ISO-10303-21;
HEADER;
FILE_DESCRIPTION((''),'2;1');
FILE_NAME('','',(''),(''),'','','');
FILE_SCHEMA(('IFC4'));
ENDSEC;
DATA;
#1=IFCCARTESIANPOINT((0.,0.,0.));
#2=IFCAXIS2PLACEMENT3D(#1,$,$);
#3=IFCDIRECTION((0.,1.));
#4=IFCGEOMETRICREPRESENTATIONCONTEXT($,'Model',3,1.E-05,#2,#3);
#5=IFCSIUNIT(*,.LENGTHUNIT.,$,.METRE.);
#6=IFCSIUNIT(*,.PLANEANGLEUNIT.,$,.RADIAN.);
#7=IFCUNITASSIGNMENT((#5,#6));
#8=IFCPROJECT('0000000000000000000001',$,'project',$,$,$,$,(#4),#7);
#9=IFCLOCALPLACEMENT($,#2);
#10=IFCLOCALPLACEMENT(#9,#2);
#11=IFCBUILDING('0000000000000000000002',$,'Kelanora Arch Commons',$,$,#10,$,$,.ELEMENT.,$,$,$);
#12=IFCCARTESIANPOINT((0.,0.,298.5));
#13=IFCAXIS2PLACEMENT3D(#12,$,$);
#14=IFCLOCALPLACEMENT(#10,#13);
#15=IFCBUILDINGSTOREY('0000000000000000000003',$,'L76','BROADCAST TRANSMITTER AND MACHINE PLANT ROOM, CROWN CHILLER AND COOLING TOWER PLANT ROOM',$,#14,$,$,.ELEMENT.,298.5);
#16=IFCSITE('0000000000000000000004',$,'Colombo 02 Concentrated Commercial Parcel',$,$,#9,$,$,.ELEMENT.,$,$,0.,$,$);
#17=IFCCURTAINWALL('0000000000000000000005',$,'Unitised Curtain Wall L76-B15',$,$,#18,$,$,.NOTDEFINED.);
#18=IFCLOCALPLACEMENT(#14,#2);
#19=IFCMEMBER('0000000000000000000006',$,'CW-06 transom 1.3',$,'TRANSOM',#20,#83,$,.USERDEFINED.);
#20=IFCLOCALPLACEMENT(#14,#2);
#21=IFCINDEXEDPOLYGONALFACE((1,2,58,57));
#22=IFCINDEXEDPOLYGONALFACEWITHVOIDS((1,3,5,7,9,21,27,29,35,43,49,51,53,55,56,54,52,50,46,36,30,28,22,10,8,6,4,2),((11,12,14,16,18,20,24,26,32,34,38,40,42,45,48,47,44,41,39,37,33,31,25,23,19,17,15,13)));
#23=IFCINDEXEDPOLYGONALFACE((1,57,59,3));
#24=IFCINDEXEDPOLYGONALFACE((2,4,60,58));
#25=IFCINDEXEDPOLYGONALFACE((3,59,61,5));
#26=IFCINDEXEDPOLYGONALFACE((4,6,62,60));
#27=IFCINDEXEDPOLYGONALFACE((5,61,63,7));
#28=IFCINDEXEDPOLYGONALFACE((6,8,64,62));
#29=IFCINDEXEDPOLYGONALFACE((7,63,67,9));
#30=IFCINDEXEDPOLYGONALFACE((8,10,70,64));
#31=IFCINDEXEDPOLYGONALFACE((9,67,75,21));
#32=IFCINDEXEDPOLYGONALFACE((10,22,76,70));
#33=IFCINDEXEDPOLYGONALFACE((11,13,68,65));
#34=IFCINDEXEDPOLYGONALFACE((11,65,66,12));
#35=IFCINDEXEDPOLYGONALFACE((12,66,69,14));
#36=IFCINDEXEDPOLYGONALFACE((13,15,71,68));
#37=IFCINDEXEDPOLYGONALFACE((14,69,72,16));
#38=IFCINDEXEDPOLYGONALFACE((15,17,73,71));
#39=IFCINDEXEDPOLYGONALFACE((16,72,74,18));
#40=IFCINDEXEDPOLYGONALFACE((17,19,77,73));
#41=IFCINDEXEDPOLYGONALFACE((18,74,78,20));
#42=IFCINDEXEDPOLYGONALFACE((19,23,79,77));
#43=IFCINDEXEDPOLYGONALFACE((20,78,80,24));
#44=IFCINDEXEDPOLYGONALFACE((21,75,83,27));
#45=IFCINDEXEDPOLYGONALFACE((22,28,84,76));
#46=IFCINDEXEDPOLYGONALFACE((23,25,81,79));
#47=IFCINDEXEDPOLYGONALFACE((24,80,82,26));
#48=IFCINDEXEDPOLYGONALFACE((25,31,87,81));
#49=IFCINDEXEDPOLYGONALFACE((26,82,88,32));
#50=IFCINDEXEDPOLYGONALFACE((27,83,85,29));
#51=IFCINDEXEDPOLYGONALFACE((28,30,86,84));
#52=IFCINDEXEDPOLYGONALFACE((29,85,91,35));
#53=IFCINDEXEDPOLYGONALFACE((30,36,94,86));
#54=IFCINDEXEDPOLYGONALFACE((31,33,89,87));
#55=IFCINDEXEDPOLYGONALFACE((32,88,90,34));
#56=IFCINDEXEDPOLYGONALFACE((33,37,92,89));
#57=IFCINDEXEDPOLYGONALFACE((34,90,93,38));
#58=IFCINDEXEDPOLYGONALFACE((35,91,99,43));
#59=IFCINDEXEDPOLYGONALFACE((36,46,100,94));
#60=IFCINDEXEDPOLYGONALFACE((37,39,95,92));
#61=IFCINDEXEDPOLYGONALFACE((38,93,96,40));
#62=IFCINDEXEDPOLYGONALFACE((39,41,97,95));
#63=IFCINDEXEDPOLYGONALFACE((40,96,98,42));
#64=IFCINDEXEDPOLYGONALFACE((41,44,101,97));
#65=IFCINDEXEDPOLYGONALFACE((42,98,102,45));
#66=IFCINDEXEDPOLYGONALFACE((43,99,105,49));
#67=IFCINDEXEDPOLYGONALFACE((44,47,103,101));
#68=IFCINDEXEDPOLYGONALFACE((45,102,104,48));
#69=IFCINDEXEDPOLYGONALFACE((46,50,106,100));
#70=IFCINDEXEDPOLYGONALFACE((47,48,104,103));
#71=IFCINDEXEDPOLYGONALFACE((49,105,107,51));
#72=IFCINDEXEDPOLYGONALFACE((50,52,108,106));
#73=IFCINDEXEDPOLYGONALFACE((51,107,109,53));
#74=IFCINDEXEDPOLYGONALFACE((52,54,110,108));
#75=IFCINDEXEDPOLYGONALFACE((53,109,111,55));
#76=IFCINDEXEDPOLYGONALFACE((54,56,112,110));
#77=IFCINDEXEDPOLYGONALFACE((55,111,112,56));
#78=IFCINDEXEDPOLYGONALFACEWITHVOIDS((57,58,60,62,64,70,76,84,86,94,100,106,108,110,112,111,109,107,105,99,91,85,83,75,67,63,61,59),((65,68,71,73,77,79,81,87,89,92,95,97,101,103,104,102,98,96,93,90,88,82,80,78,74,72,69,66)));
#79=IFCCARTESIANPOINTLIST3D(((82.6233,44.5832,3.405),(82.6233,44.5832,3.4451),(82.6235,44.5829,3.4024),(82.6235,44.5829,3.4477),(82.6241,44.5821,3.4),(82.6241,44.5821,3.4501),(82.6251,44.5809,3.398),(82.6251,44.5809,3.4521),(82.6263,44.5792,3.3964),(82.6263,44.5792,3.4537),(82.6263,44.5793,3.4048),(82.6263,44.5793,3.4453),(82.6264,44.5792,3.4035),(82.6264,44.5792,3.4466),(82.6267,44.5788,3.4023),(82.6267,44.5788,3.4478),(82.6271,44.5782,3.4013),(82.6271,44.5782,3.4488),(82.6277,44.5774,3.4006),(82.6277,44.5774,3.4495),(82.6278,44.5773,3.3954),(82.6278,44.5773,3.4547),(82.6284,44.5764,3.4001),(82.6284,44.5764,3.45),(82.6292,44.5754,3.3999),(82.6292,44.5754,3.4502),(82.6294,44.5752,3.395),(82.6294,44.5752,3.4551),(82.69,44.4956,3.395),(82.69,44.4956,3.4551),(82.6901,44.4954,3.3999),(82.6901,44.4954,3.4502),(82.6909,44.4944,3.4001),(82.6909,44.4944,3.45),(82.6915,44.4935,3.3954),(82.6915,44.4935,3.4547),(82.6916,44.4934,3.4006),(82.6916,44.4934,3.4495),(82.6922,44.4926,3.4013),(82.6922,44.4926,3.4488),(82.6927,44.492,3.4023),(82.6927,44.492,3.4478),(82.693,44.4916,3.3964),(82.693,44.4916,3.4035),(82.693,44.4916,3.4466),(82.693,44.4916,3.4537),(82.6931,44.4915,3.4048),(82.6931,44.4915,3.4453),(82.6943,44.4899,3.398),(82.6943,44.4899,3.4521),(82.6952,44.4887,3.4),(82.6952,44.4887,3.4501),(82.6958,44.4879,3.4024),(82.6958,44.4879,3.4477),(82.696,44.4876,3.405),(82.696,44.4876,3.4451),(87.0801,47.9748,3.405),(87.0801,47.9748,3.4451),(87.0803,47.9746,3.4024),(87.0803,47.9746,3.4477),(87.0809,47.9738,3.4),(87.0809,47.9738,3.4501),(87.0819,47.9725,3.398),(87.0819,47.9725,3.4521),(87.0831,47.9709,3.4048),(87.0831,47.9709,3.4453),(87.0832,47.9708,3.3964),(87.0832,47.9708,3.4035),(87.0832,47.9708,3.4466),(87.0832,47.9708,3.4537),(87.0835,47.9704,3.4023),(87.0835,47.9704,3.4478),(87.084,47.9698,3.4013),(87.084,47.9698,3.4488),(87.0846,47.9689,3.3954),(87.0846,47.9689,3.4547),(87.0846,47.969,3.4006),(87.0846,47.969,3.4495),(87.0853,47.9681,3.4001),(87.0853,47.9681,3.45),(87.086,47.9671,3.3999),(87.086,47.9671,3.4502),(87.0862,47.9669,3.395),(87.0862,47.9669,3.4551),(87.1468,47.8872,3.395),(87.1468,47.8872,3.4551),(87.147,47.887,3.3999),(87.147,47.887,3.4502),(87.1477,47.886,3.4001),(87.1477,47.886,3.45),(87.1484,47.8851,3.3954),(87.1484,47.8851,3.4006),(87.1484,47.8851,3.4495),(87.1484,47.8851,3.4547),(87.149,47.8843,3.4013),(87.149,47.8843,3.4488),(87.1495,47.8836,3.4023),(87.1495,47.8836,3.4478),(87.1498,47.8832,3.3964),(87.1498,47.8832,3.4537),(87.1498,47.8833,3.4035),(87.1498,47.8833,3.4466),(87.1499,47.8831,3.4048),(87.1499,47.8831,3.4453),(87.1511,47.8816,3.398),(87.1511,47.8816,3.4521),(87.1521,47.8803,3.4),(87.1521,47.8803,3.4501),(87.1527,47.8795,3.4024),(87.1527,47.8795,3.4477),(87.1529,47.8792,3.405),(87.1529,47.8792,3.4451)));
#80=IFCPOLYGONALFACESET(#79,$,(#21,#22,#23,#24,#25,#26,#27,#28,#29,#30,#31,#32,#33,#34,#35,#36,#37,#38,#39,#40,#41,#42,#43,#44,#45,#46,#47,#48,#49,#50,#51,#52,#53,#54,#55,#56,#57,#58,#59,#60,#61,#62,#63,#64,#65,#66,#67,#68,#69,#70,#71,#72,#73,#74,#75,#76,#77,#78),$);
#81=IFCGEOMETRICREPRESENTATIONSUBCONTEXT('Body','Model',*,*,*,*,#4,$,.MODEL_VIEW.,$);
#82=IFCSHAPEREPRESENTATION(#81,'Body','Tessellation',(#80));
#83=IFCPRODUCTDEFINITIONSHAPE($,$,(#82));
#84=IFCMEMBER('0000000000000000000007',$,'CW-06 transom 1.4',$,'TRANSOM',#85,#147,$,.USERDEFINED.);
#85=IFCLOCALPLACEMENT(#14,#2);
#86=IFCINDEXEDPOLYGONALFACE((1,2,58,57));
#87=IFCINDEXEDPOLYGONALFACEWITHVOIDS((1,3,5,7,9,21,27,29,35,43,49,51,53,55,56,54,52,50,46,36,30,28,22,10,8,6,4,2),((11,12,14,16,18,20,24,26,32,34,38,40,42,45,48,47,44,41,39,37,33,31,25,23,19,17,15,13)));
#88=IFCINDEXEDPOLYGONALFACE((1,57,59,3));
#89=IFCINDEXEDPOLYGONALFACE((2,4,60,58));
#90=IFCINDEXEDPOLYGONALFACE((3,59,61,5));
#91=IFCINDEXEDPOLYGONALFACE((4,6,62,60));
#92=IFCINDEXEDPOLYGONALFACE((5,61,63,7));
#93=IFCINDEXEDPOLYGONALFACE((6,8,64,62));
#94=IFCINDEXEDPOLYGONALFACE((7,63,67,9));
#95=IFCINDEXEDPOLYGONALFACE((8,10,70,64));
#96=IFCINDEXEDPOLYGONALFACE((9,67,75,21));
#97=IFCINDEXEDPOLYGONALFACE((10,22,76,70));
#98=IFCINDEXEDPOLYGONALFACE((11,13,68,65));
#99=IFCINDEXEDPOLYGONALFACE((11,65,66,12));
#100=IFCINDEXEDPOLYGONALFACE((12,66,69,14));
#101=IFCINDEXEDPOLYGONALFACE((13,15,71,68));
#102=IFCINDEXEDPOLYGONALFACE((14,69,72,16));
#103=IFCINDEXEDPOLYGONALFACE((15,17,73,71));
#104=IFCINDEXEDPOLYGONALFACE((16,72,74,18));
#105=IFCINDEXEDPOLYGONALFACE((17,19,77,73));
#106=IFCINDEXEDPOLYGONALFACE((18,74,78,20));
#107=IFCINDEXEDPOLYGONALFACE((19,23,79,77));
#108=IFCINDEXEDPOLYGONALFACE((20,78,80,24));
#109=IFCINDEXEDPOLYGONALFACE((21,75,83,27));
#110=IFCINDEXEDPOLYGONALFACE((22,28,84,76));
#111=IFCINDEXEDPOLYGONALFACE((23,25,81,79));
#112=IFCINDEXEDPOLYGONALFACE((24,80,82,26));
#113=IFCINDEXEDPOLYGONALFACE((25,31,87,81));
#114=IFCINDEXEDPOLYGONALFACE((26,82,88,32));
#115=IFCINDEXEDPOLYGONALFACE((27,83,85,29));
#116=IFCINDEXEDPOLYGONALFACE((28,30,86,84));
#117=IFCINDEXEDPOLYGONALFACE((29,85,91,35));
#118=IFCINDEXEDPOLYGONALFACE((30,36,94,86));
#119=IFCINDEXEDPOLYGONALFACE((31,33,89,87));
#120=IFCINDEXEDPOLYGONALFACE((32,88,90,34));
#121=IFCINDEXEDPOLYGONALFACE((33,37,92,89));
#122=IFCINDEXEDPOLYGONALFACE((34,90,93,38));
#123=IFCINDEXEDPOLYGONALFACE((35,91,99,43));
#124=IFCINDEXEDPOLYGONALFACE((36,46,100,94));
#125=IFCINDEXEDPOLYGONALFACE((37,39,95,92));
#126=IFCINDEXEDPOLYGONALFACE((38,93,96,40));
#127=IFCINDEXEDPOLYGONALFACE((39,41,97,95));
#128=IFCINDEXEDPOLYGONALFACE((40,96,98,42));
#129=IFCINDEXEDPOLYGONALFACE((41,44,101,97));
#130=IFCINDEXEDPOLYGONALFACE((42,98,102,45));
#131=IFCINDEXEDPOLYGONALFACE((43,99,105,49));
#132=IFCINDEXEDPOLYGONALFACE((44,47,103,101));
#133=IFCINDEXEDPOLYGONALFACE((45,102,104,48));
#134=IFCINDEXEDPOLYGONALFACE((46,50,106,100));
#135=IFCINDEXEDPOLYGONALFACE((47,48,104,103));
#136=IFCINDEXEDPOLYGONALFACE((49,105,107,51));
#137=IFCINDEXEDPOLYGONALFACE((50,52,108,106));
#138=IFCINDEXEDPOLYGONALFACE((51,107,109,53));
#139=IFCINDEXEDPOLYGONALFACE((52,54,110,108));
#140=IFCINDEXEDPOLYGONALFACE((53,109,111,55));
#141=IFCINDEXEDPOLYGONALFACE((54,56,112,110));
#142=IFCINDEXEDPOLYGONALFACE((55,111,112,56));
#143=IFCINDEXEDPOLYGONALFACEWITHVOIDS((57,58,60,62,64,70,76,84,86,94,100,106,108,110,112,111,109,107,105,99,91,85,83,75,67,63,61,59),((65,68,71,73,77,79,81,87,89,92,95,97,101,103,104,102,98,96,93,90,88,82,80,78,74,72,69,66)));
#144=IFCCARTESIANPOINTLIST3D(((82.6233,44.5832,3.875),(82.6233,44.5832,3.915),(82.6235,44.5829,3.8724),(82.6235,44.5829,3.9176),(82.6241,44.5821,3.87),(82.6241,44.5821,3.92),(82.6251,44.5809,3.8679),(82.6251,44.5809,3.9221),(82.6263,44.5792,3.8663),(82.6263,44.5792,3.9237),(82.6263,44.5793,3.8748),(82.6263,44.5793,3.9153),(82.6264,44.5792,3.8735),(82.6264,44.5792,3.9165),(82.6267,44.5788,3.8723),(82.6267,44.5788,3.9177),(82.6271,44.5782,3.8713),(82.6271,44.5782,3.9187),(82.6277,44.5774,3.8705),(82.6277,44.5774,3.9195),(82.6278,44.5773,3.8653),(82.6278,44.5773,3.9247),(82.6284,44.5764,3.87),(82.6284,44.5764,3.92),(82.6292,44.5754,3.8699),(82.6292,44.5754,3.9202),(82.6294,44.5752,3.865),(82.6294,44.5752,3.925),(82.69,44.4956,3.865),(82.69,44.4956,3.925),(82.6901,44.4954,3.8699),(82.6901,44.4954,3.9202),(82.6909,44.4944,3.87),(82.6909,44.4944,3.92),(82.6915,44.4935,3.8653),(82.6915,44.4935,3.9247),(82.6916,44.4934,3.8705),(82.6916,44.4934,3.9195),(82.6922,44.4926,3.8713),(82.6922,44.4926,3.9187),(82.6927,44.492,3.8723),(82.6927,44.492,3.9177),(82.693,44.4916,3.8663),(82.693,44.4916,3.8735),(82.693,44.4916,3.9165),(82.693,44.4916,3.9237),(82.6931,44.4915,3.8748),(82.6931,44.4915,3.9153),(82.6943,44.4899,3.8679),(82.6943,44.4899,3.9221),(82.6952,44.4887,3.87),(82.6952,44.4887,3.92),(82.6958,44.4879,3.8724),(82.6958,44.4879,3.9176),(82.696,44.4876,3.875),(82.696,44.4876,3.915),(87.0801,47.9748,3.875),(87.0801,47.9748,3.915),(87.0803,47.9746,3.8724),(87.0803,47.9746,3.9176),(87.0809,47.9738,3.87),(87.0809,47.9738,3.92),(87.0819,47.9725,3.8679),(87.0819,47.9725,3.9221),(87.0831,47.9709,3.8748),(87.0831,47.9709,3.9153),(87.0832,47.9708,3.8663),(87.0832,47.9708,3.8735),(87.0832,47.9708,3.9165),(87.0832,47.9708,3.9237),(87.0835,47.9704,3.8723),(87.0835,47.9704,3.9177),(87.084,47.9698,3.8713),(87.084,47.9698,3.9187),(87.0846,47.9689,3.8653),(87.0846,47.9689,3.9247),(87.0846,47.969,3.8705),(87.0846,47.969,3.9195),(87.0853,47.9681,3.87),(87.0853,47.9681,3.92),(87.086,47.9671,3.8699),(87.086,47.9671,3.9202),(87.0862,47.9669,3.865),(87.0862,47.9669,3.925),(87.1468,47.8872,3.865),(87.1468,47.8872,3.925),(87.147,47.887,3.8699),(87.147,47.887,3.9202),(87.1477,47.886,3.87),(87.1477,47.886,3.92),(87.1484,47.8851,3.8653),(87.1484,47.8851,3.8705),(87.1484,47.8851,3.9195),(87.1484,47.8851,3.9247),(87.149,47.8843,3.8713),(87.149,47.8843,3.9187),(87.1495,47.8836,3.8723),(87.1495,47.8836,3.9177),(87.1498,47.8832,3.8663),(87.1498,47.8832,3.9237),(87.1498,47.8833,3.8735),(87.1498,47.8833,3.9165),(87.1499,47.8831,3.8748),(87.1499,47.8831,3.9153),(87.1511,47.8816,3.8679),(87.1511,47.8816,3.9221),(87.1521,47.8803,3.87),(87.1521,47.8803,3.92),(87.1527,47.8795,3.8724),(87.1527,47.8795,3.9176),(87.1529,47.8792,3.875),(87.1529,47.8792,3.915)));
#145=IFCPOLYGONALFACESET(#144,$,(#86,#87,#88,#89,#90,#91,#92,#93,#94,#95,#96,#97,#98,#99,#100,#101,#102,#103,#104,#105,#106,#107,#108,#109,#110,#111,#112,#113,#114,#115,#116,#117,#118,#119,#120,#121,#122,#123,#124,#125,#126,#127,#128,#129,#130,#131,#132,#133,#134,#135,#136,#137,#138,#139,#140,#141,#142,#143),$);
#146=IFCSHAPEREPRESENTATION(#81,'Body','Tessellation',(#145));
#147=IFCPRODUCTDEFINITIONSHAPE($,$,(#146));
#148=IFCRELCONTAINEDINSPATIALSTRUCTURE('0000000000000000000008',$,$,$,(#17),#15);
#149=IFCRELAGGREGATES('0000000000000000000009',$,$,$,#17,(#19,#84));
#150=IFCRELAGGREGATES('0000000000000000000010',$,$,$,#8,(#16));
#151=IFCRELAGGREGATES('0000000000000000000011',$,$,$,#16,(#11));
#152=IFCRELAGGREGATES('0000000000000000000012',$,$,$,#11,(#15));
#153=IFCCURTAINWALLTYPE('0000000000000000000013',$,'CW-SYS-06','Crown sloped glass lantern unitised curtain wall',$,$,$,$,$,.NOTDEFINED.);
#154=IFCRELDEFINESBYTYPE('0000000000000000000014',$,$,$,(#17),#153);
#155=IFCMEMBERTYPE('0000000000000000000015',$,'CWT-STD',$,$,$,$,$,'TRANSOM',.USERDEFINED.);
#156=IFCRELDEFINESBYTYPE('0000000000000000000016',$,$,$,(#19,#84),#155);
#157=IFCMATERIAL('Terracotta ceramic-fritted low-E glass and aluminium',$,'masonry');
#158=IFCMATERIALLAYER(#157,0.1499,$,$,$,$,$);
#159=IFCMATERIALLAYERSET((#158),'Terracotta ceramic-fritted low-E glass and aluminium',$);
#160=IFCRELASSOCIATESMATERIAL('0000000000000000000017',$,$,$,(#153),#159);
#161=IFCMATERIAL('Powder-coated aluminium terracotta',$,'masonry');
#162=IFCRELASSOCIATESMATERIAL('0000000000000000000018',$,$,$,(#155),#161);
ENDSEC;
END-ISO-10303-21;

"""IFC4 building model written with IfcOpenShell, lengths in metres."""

from ifc_helpers import new_model, si_unit, direction, frame, origin, origin_2d, place, context, subcontext, project, spatial, hollow_rectangle, extrude, material, layer, layer_set, material_profile, profile_set, type_object, element, aggregate, save


model = new_model("IFC4")

# Units and contexts
model_context = context("Model", 3, precision=1e-05, world=origin(), true_north=direction((0.0, 1.0)))
body_context = subcontext(model_context, "Body", "Model", "MODEL_VIEW")
ifc_project = project(units=[si_unit("LENGTHUNIT", "METRE"), si_unit("PLANEANGLEUNIT", "RADIAN")], contexts=[model_context])

# Site, building, storey
site_placement = place(None, origin())
site = spatial("IfcSite", under=ifc_project, at=site_placement, Name="Colombo 02 Concentrated Commercial Parcel", CompositionType="ELEMENT", RefElevation=0.0)
building_placement = place(site_placement, origin())
building = spatial("IfcBuilding", under=site, at=building_placement, Name="Kelanora Arch Commons", CompositionType="ELEMENT")
storey_placement = place(building_placement, frame((0.0, 0.0, 298.5)))
storey = spatial("IfcBuildingStorey", under=building, at=storey_placement, Name="L76", Description="BROADCAST TRANSMITTER AND MACHINE PLANT ROOM, CROWN CHILLER AND COOLING TOWER PLANT ROOM", CompositionType="ELEMENT", Elevation=298.5)

# Shared definitions
ifc_material_1 = material(Name="Terracotta ceramic-fritted low-E glass and aluminium", Category="masonry")
ifc_layer_1 = layer(ifc_material_1, 0.1499)
ifc_layer_set_1 = layer_set([ifc_layer_1], Name="Terracotta ceramic-fritted low-E glass and aluminium")
curtain_wall_type = type_object("IfcCurtainWallType", Name="CW-SYS-06", Description="Crown sloped glass lantern unitised curtain wall", PredefinedType="NOTDEFINED", material=ifc_layer_set_1)
ifc_material_2 = material(Name="Powder-coated aluminium terracotta", Category="masonry")

# Curtain wall
curtain_wall_1_placement = place(storey_placement, origin())
curtain_wall_1 = element("IfcCurtainWall", 1, at=curtain_wall_1_placement, inside=storey, type_object=curtain_wall_type, Name="Unitised Curtain Wall L76-B15", PredefinedType="NOTDEFINED")

# Members
ifc_material_profile_1 = material_profile(ifc_material_2, hollow_rectangle(XDim=0.1201, YDim=0.0601, WallThickness=0.0049, InnerFilletRadius=0.0049, OuterFilletRadius=0.01, at=origin_2d()), Name="CWT120x60")
ifc_profile_set_1 = profile_set([ifc_material_profile_1], Name="Powder-coated aluminium terracotta")
member_type_1 = type_object("IfcMemberType", Name="CWT-STD", ElementType="TRANSOM", PredefinedType="USERDEFINED", material=ifc_profile_set_1)
member_1_placement = place(storey_placement, frame((82.6597, 44.5354, 3.425), z_axis=(0.79578, 0.605586, 0.0), x_axis=(-0.605586, 0.79578, 0.0)))
member_1 = element("IfcMember", 2, at=member_1_placement, type_object=member_type_1, Name="CW-06 transom 1.3", ObjectType="TRANSOM", PredefinedType="USERDEFINED", context=body_context, shape_type="SweptSolid", body=[
    extrude(hollow_rectangle(XDim=0.1201, YDim=0.0601, WallThickness=0.0049, InnerFilletRadius=0.0049, OuterFilletRadius=0.01, at=origin_2d()), origin(), (0.0, 0.0, 1.0), 5.6006),
])
member_2_placement = place(storey_placement, frame((82.6597, 44.5354, 3.895), z_axis=(0.79578, 0.605586, 0.0), x_axis=(-0.605586, 0.79578, 0.0)))
member_2 = element("IfcMember", 3, at=member_2_placement, type_object=member_type_1, Name="CW-06 transom 1.4", ObjectType="TRANSOM", PredefinedType="USERDEFINED", context=body_context, shape_type="SweptSolid", body=[
    extrude(hollow_rectangle(XDim=0.1201, YDim=0.0601, WallThickness=0.0049, InnerFilletRadius=0.0049, OuterFilletRadius=0.01, at=origin_2d()), origin(), (0.0, 0.0, 1.0), 5.6006),
])

aggregate(curtain_wall_1, [member_1, member_2])

save(model, "model.ifc")
